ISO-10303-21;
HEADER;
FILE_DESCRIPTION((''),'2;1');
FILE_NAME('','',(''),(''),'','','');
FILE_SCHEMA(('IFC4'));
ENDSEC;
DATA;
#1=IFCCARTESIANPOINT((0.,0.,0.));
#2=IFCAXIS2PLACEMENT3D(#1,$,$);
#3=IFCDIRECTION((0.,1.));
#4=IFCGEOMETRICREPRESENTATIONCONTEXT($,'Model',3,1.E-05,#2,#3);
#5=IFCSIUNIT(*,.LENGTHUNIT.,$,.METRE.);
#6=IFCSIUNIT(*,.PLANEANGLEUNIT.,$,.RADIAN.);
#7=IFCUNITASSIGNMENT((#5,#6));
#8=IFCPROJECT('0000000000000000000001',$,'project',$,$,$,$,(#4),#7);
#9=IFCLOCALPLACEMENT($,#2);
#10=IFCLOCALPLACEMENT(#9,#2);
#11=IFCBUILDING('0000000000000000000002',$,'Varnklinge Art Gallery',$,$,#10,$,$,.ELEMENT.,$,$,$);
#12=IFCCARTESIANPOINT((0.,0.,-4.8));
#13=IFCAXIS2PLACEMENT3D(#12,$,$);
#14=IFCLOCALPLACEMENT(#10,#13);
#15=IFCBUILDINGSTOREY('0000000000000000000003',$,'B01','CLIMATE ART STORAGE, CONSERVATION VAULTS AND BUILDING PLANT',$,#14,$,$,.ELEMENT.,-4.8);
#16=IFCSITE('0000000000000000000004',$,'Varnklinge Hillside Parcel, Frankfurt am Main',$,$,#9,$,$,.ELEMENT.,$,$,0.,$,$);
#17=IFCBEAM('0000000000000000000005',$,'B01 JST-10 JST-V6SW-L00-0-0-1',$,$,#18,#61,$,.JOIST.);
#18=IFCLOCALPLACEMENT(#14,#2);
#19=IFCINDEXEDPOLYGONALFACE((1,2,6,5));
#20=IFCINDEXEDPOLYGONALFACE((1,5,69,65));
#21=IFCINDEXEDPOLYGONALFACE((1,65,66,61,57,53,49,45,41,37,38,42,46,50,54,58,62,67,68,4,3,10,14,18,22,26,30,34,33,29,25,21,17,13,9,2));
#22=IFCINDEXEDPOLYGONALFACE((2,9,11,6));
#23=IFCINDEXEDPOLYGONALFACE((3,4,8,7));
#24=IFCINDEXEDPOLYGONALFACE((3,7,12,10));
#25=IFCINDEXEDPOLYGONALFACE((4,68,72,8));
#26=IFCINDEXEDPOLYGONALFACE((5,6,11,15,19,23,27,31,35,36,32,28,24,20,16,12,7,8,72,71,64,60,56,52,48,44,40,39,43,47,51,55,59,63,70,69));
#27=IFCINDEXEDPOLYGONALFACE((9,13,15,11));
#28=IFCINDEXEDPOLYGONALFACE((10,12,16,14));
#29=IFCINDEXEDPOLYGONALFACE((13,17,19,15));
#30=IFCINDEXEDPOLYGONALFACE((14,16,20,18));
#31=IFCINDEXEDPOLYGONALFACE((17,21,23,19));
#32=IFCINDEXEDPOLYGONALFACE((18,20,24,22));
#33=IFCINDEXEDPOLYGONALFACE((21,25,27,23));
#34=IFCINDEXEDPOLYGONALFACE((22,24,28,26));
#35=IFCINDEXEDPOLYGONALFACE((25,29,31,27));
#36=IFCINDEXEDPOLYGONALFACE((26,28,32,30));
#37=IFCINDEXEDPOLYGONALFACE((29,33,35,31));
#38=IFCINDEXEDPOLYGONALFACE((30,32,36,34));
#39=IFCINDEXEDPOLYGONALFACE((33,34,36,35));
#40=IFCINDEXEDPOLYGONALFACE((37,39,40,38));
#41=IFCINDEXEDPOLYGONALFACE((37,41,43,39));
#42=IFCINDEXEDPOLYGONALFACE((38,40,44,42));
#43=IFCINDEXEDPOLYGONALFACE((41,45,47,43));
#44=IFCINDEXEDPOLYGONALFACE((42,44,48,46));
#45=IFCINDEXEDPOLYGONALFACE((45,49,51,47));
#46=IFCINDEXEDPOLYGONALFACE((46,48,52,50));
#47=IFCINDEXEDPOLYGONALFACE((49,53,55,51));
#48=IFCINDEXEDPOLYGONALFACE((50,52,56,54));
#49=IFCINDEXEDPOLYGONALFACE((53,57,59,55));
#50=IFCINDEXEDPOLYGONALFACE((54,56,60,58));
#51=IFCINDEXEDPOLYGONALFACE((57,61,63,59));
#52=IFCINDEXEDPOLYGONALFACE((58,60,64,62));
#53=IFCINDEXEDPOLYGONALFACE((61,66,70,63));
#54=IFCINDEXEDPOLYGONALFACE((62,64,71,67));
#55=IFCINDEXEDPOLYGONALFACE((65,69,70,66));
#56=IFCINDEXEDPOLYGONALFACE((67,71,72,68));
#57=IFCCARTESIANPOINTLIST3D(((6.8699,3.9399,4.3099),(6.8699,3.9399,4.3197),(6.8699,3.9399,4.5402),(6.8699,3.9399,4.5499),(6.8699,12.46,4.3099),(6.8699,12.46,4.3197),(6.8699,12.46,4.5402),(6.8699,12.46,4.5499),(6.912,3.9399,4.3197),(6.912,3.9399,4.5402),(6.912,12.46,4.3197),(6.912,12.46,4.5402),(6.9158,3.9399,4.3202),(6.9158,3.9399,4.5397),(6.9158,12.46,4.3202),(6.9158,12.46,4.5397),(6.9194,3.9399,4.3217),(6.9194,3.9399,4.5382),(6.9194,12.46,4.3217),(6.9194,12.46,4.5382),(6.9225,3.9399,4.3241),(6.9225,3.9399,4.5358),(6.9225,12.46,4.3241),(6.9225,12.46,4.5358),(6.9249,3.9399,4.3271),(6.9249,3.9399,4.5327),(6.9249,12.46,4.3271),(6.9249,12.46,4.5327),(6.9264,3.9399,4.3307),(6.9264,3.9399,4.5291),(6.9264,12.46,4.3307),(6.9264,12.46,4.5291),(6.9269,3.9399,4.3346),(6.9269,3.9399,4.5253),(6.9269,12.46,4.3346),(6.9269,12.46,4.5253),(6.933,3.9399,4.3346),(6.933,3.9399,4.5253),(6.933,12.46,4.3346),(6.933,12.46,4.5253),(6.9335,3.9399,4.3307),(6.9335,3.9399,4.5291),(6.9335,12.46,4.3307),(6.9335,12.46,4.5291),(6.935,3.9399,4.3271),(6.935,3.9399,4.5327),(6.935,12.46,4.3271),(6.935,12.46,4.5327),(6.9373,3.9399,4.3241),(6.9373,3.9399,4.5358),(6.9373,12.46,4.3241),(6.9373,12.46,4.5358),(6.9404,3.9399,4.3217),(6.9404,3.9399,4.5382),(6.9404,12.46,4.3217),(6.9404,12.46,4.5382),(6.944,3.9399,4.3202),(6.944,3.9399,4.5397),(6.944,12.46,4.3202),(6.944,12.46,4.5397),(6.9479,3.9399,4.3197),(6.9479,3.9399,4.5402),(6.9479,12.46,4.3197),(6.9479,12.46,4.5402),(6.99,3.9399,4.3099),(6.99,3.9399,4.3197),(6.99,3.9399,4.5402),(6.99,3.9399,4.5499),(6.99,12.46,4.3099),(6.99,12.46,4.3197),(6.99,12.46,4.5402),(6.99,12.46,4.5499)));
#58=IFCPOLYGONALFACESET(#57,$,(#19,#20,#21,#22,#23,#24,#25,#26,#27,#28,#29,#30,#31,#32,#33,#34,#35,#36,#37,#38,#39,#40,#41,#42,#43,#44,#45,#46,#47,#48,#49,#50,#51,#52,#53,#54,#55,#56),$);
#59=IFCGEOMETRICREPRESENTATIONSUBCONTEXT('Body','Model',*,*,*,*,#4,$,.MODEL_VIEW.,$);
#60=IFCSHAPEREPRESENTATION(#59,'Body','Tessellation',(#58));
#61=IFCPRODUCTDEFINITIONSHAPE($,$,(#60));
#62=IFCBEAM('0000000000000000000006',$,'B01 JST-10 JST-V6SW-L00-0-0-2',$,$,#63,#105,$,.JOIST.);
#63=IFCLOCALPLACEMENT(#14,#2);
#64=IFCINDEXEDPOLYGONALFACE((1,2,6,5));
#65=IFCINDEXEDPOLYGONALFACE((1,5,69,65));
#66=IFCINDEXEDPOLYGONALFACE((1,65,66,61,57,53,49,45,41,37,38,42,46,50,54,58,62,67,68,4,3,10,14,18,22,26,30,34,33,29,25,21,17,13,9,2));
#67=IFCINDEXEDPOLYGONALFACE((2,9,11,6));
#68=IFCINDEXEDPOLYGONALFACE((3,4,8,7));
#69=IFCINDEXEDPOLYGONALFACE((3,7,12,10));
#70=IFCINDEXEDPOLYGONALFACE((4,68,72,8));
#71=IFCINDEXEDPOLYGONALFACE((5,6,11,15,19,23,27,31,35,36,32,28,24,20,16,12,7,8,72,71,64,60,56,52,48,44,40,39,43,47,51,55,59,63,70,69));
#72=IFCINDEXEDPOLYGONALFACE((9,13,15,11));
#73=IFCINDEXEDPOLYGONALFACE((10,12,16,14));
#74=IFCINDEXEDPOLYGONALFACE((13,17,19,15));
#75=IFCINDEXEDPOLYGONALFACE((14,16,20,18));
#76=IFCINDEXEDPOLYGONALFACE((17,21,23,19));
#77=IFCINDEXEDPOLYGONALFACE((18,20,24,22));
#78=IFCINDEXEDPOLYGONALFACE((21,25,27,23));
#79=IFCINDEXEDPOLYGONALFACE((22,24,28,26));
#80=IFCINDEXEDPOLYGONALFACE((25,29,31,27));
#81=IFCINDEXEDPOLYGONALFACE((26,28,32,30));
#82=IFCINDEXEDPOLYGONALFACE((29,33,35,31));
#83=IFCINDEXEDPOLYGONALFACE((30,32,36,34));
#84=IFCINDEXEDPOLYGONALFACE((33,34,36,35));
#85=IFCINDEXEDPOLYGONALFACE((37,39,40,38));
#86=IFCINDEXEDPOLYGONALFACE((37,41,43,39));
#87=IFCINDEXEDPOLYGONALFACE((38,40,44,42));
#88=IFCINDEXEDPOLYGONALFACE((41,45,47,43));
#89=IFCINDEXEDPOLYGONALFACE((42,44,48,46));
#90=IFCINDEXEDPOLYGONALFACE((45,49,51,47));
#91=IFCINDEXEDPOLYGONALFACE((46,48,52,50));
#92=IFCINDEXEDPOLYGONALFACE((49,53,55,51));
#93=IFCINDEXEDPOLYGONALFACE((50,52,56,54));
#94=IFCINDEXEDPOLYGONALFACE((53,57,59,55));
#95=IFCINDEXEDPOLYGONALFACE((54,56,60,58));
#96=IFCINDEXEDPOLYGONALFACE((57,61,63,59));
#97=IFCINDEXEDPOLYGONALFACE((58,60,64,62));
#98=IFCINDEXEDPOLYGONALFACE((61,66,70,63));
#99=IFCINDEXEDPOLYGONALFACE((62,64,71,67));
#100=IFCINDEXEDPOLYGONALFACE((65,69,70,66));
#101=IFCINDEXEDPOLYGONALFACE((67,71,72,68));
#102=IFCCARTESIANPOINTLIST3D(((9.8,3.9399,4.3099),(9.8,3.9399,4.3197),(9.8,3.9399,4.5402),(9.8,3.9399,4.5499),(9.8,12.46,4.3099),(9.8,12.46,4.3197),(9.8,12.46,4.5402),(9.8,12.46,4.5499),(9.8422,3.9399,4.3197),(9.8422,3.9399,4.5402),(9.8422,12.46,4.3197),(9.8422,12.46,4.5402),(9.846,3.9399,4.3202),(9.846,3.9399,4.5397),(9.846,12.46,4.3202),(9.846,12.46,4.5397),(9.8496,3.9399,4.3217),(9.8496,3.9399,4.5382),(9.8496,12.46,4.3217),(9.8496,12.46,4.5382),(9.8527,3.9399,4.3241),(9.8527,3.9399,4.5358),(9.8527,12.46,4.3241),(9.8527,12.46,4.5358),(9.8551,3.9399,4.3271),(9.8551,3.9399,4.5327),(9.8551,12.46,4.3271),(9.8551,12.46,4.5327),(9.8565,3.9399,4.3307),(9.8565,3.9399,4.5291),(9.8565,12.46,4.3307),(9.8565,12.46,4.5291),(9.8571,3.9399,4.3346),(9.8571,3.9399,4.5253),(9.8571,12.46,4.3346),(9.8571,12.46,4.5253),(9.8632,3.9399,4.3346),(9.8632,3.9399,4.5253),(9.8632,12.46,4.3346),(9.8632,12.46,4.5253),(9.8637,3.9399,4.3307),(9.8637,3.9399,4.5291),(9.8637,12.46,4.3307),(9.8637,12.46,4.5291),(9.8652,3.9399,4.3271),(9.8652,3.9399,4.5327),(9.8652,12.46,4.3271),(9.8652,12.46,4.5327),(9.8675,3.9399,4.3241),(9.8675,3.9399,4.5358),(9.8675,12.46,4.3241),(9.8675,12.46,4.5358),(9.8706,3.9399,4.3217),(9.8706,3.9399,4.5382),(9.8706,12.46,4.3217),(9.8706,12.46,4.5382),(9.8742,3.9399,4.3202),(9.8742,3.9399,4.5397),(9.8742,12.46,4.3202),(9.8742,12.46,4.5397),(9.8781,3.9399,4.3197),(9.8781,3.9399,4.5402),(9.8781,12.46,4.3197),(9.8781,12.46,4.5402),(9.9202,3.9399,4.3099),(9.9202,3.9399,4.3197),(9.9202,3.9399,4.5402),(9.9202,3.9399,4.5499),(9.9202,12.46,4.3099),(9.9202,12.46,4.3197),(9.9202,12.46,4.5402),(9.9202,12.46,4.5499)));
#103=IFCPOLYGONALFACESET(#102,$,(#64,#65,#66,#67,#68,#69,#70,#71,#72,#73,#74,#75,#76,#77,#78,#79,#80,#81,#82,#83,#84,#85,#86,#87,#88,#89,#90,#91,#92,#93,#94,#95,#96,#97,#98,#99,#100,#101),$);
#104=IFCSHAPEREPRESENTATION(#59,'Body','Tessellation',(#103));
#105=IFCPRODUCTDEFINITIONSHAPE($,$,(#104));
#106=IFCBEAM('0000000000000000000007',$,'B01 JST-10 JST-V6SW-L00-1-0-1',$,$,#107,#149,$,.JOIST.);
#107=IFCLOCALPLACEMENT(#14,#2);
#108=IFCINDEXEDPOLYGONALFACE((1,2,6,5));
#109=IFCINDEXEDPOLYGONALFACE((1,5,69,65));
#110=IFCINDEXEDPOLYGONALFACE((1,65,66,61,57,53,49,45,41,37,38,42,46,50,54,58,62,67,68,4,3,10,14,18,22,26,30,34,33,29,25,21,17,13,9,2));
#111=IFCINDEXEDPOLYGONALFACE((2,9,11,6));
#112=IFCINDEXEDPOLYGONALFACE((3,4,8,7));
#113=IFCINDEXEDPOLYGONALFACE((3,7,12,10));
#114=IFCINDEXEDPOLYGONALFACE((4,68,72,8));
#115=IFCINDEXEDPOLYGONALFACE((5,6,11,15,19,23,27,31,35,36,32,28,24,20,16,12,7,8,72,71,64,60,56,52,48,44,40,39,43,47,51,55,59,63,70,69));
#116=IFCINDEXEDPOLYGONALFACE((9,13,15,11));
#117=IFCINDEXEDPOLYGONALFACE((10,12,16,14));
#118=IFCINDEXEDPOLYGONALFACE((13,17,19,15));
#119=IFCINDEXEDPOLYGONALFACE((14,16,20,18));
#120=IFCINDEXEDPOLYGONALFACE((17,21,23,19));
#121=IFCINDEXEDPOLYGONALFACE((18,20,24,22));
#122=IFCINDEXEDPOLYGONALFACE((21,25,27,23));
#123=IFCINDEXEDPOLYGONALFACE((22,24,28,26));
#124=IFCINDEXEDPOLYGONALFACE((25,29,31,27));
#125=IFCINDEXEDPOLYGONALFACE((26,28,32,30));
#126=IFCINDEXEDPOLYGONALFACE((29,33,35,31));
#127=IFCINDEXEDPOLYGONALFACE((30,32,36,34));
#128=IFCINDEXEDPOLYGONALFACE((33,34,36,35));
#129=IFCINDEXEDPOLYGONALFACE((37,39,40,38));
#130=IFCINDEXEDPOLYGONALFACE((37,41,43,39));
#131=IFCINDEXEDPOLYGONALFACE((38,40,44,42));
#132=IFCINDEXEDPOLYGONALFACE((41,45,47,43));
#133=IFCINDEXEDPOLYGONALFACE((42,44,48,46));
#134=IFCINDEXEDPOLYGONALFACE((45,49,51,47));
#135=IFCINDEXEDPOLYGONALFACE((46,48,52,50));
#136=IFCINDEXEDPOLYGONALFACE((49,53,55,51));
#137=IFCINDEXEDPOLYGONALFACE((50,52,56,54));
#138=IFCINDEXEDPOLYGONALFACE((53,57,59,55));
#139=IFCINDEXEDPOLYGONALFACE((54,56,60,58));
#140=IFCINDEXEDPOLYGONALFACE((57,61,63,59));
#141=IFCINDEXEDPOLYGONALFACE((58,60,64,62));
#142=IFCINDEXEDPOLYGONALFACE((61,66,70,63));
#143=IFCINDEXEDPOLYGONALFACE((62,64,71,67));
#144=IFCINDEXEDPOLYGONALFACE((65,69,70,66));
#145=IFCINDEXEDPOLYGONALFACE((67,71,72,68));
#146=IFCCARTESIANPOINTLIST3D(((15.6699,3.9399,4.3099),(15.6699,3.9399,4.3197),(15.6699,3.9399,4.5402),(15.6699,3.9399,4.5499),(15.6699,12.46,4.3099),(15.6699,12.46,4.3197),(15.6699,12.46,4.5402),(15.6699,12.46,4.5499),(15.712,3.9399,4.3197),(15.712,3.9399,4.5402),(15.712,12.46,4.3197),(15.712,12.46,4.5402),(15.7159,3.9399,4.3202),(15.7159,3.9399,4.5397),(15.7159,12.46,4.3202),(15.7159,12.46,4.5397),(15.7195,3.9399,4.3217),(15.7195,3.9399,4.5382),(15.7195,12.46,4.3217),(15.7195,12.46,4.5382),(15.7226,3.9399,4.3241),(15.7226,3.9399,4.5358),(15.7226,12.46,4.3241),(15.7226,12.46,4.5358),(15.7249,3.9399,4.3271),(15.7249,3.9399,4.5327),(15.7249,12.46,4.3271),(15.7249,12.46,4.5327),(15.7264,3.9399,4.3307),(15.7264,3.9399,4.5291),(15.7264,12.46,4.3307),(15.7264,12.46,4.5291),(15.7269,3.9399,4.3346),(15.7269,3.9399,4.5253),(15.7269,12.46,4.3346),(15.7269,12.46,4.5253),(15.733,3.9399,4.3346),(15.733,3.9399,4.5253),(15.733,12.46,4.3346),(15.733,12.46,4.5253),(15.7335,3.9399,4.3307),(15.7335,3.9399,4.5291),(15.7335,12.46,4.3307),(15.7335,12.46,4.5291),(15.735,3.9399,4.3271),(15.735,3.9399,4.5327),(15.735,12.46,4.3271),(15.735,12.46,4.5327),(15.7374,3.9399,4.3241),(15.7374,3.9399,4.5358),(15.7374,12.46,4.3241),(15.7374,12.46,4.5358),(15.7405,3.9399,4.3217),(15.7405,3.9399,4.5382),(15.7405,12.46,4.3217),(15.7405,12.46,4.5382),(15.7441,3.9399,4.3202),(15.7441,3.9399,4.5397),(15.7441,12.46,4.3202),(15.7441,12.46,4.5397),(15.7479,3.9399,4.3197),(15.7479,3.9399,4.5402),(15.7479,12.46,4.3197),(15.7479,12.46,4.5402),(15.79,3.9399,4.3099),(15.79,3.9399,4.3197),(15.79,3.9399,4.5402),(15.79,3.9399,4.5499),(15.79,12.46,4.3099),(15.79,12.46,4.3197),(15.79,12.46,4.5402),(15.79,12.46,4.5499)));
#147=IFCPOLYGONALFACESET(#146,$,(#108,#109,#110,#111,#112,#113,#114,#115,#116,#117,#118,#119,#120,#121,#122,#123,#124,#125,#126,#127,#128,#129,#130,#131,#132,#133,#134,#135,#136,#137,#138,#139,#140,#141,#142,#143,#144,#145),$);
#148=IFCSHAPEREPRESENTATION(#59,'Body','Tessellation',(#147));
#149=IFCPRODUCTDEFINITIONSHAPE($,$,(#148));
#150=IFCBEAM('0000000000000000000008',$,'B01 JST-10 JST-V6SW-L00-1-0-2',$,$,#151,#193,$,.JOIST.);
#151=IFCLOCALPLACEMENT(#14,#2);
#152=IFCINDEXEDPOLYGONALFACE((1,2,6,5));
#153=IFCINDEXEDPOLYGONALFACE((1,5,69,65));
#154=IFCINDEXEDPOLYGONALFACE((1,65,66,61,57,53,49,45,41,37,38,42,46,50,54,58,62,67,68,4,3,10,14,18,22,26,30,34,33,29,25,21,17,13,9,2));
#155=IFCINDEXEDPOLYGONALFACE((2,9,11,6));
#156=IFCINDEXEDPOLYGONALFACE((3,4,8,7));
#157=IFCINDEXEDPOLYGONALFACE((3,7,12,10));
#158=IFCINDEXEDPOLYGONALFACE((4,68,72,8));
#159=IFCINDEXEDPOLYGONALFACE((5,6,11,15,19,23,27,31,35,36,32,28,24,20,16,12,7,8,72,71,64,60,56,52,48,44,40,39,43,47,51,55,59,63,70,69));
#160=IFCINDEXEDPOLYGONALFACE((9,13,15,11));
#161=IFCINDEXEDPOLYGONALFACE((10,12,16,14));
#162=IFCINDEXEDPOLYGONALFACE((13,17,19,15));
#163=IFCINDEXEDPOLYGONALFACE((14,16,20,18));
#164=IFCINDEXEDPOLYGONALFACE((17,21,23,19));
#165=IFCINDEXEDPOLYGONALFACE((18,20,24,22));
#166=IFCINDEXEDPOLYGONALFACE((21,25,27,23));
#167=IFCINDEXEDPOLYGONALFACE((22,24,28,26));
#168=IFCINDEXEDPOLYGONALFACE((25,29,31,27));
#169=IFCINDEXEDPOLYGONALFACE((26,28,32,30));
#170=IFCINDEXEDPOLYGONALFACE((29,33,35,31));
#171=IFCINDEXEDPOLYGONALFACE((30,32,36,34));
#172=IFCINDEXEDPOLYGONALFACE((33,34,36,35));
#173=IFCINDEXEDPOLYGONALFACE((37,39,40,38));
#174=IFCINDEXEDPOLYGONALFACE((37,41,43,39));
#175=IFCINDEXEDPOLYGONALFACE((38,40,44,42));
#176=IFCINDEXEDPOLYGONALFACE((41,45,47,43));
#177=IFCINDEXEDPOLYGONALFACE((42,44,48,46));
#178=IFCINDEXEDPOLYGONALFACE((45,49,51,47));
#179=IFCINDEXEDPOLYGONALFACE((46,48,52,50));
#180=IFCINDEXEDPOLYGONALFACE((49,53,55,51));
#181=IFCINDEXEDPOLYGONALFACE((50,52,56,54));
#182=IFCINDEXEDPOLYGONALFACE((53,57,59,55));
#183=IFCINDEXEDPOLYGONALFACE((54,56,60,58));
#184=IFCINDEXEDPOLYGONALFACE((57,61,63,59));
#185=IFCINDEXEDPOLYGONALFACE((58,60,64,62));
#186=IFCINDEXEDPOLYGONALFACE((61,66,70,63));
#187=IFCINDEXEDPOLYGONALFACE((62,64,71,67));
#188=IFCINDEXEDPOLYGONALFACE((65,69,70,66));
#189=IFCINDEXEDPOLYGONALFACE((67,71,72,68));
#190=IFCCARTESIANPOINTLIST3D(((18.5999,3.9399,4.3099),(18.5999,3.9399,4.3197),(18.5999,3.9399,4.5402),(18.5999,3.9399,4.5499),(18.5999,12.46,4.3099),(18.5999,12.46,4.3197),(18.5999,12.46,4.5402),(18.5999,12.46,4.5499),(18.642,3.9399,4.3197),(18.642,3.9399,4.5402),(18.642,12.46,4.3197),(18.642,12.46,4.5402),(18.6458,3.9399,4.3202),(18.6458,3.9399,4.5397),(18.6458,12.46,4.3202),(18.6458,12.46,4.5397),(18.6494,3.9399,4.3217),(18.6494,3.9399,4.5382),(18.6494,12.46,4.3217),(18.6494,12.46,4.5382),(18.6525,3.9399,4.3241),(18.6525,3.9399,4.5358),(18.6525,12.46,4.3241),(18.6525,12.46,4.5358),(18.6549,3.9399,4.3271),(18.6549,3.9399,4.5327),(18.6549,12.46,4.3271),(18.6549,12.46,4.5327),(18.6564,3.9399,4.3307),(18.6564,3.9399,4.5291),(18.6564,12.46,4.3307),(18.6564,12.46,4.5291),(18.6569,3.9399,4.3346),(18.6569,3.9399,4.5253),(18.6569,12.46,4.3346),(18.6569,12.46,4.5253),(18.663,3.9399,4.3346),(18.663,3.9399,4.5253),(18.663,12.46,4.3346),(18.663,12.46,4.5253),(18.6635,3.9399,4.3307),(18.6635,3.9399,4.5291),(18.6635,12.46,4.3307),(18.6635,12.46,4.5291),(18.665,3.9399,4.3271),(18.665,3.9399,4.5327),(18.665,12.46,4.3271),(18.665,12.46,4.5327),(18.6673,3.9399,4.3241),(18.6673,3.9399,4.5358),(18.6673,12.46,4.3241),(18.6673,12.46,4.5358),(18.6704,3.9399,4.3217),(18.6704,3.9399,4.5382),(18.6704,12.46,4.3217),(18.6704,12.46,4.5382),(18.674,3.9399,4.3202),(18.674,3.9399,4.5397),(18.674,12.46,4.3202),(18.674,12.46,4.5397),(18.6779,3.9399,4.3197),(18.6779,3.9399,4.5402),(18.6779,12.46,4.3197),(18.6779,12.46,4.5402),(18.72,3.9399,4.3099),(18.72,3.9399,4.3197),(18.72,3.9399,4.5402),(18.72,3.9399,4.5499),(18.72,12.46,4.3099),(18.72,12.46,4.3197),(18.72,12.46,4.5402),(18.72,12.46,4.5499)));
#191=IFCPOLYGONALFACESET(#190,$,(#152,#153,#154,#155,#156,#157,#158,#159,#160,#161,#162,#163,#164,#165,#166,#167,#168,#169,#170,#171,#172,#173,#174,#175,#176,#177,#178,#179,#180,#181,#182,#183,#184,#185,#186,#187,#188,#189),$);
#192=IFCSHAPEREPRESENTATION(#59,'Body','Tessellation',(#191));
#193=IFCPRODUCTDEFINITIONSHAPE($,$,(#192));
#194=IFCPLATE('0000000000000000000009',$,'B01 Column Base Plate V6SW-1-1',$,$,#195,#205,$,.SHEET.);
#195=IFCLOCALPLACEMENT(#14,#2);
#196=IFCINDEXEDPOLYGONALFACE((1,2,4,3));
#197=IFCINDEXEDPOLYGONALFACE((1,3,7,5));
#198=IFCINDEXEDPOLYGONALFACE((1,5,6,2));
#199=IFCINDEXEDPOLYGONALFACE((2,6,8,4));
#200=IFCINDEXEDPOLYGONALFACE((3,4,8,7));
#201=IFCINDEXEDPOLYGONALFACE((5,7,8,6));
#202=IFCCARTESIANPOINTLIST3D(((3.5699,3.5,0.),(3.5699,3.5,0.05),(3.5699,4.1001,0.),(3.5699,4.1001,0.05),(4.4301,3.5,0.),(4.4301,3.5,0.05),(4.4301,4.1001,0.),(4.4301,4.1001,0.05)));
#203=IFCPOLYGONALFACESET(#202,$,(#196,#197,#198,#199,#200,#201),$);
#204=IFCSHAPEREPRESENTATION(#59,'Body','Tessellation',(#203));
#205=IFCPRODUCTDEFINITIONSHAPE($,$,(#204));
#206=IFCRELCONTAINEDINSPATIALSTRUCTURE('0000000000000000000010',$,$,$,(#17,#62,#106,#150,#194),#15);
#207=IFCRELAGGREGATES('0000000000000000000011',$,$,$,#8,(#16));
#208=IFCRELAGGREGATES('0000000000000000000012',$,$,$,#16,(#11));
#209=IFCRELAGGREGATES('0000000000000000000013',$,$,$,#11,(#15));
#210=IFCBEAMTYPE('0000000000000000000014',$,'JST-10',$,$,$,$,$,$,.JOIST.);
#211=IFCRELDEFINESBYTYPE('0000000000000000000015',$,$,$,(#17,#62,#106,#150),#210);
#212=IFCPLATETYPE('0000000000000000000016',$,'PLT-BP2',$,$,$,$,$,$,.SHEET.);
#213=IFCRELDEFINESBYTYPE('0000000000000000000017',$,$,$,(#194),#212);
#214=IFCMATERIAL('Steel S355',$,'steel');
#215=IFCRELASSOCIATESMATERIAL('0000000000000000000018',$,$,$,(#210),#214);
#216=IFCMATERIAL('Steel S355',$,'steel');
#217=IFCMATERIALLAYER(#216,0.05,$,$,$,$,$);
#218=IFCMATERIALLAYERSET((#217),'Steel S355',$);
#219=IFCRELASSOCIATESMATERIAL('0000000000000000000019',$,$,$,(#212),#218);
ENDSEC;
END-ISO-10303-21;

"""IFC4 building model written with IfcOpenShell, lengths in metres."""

from ifc_helpers import new_model, si_unit, direction, frame, origin, origin_2d, place, context, subcontext, project, spatial, rectangle, i_section, extrude, material, layer, layer_set, material_profile, profile_set, type_object, element, save


model = new_model("IFC4")

# Units and contexts
model_context = context("Model", 3, precision=1e-05, world=origin(), true_north=direction((0.0, 1.0)))
body_context = subcontext(model_context, "Body", "Model", "MODEL_VIEW")
ifc_project = project(units=[si_unit("LENGTHUNIT", "METRE"), si_unit("PLANEANGLEUNIT", "RADIAN")], contexts=[model_context])

# Site, building, storey
site_placement = place(None, origin())
site = spatial("IfcSite", under=ifc_project, at=site_placement, Name="Varnklinge Hillside Parcel, Frankfurt am Main", CompositionType="ELEMENT", RefElevation=0.0)
building_placement = place(site_placement, origin())
building = spatial("IfcBuilding", under=site, at=building_placement, Name="Varnklinge Art Gallery", CompositionType="ELEMENT")
storey_placement = place(building_placement, frame((0.0, 0.0, -4.8)))
storey = spatial("IfcBuildingStorey", under=building, at=storey_placement, Name="B01", Description="CLIMATE ART STORAGE, CONSERVATION VAULTS AND BUILDING PLANT", CompositionType="ELEMENT", Elevation=-4.8)

# Beams
ifc_material_1 = material(Name="Steel S355", Category="steel")
ifc_material_profile_1 = material_profile(ifc_material_1, i_section(OverallWidth=0.1201, OverallDepth=0.24, WebThickness=0.0061, FlangeThickness=0.0098, FilletRadius=0.0149, at=origin_2d()), Name="IPE 240")
ifc_profile_set_1 = profile_set([ifc_material_profile_1], Name="Steel S355")
beam_type_1 = type_object("IfcBeamType", Name="JST-10", PredefinedType="JOIST", material=ifc_profile_set_1)
for number, where, z_axis, x_axis, name in (
    (1, (6.9299, 3.9399, 4.4299), (0.0, 1.0, 0.0), (-1.0, 0.0, 0.0), "B01 JST-10 JST-V6SW-L00-0-0-1"),
    (2, (9.8601, 3.9399, 4.4299), (0.0, 1.0, 0.0), (-1.0, 0.0, 0.0), "B01 JST-10 JST-V6SW-L00-0-0-2"),
    (3, (15.73, 3.9399, 4.4299), (0.0, 1.0, 0.0), (-1.0, 0.0, 0.0), "B01 JST-10 JST-V6SW-L00-1-0-1"),
    (4, (18.6599, 3.9399, 4.4299), (0.0, 1.0, 0.0), (-1.0, 0.0, 0.0), "B01 JST-10 JST-V6SW-L00-1-0-2"),
):
    element("IfcBeam", number, at=place(storey_placement, frame(where, z_axis=z_axis, x_axis=x_axis)), inside=storey, type_object=beam_type_1, Name=name, PredefinedType="JOIST", context=body_context, shape_type="SweptSolid", body=[
        extrude(i_section(OverallWidth=0.1201, OverallDepth=0.24, WebThickness=0.0061, FlangeThickness=0.0098, FilletRadius=0.0149, at=origin_2d()), origin(), (0.0, 0.0, 1.0), 8.52),
    ])

# Plate
ifc_material_2 = material(Name="Steel S355", Category="steel")
ifc_layer_1 = layer(ifc_material_2, 0.05)
ifc_layer_set_1 = layer_set([ifc_layer_1], Name="Steel S355")
plate_type = type_object("IfcPlateType", Name="PLT-BP2", PredefinedType="SHEET", material=ifc_layer_set_1)
for number, where, z_axis, x_axis, name in (
    (5, (4.0, 3.8, 0.0), (0.0, 0.0, 1.0), (1.0, 0.0, 0.0), "B01 Column Base Plate V6SW-1-1"),
):
    element("IfcPlate", number, at=place(storey_placement, frame(where, z_axis=z_axis, x_axis=x_axis)), inside=storey, type_object=plate_type, Name=name, PredefinedType="SHEET", context=body_context, shape_type="SweptSolid", body=[
        extrude(rectangle(XDim=0.8601, YDim=0.6001, at=origin_2d()), origin(), (0.0, 0.0, 1.0), 0.05),
    ])

save(model, "model.ifc")
